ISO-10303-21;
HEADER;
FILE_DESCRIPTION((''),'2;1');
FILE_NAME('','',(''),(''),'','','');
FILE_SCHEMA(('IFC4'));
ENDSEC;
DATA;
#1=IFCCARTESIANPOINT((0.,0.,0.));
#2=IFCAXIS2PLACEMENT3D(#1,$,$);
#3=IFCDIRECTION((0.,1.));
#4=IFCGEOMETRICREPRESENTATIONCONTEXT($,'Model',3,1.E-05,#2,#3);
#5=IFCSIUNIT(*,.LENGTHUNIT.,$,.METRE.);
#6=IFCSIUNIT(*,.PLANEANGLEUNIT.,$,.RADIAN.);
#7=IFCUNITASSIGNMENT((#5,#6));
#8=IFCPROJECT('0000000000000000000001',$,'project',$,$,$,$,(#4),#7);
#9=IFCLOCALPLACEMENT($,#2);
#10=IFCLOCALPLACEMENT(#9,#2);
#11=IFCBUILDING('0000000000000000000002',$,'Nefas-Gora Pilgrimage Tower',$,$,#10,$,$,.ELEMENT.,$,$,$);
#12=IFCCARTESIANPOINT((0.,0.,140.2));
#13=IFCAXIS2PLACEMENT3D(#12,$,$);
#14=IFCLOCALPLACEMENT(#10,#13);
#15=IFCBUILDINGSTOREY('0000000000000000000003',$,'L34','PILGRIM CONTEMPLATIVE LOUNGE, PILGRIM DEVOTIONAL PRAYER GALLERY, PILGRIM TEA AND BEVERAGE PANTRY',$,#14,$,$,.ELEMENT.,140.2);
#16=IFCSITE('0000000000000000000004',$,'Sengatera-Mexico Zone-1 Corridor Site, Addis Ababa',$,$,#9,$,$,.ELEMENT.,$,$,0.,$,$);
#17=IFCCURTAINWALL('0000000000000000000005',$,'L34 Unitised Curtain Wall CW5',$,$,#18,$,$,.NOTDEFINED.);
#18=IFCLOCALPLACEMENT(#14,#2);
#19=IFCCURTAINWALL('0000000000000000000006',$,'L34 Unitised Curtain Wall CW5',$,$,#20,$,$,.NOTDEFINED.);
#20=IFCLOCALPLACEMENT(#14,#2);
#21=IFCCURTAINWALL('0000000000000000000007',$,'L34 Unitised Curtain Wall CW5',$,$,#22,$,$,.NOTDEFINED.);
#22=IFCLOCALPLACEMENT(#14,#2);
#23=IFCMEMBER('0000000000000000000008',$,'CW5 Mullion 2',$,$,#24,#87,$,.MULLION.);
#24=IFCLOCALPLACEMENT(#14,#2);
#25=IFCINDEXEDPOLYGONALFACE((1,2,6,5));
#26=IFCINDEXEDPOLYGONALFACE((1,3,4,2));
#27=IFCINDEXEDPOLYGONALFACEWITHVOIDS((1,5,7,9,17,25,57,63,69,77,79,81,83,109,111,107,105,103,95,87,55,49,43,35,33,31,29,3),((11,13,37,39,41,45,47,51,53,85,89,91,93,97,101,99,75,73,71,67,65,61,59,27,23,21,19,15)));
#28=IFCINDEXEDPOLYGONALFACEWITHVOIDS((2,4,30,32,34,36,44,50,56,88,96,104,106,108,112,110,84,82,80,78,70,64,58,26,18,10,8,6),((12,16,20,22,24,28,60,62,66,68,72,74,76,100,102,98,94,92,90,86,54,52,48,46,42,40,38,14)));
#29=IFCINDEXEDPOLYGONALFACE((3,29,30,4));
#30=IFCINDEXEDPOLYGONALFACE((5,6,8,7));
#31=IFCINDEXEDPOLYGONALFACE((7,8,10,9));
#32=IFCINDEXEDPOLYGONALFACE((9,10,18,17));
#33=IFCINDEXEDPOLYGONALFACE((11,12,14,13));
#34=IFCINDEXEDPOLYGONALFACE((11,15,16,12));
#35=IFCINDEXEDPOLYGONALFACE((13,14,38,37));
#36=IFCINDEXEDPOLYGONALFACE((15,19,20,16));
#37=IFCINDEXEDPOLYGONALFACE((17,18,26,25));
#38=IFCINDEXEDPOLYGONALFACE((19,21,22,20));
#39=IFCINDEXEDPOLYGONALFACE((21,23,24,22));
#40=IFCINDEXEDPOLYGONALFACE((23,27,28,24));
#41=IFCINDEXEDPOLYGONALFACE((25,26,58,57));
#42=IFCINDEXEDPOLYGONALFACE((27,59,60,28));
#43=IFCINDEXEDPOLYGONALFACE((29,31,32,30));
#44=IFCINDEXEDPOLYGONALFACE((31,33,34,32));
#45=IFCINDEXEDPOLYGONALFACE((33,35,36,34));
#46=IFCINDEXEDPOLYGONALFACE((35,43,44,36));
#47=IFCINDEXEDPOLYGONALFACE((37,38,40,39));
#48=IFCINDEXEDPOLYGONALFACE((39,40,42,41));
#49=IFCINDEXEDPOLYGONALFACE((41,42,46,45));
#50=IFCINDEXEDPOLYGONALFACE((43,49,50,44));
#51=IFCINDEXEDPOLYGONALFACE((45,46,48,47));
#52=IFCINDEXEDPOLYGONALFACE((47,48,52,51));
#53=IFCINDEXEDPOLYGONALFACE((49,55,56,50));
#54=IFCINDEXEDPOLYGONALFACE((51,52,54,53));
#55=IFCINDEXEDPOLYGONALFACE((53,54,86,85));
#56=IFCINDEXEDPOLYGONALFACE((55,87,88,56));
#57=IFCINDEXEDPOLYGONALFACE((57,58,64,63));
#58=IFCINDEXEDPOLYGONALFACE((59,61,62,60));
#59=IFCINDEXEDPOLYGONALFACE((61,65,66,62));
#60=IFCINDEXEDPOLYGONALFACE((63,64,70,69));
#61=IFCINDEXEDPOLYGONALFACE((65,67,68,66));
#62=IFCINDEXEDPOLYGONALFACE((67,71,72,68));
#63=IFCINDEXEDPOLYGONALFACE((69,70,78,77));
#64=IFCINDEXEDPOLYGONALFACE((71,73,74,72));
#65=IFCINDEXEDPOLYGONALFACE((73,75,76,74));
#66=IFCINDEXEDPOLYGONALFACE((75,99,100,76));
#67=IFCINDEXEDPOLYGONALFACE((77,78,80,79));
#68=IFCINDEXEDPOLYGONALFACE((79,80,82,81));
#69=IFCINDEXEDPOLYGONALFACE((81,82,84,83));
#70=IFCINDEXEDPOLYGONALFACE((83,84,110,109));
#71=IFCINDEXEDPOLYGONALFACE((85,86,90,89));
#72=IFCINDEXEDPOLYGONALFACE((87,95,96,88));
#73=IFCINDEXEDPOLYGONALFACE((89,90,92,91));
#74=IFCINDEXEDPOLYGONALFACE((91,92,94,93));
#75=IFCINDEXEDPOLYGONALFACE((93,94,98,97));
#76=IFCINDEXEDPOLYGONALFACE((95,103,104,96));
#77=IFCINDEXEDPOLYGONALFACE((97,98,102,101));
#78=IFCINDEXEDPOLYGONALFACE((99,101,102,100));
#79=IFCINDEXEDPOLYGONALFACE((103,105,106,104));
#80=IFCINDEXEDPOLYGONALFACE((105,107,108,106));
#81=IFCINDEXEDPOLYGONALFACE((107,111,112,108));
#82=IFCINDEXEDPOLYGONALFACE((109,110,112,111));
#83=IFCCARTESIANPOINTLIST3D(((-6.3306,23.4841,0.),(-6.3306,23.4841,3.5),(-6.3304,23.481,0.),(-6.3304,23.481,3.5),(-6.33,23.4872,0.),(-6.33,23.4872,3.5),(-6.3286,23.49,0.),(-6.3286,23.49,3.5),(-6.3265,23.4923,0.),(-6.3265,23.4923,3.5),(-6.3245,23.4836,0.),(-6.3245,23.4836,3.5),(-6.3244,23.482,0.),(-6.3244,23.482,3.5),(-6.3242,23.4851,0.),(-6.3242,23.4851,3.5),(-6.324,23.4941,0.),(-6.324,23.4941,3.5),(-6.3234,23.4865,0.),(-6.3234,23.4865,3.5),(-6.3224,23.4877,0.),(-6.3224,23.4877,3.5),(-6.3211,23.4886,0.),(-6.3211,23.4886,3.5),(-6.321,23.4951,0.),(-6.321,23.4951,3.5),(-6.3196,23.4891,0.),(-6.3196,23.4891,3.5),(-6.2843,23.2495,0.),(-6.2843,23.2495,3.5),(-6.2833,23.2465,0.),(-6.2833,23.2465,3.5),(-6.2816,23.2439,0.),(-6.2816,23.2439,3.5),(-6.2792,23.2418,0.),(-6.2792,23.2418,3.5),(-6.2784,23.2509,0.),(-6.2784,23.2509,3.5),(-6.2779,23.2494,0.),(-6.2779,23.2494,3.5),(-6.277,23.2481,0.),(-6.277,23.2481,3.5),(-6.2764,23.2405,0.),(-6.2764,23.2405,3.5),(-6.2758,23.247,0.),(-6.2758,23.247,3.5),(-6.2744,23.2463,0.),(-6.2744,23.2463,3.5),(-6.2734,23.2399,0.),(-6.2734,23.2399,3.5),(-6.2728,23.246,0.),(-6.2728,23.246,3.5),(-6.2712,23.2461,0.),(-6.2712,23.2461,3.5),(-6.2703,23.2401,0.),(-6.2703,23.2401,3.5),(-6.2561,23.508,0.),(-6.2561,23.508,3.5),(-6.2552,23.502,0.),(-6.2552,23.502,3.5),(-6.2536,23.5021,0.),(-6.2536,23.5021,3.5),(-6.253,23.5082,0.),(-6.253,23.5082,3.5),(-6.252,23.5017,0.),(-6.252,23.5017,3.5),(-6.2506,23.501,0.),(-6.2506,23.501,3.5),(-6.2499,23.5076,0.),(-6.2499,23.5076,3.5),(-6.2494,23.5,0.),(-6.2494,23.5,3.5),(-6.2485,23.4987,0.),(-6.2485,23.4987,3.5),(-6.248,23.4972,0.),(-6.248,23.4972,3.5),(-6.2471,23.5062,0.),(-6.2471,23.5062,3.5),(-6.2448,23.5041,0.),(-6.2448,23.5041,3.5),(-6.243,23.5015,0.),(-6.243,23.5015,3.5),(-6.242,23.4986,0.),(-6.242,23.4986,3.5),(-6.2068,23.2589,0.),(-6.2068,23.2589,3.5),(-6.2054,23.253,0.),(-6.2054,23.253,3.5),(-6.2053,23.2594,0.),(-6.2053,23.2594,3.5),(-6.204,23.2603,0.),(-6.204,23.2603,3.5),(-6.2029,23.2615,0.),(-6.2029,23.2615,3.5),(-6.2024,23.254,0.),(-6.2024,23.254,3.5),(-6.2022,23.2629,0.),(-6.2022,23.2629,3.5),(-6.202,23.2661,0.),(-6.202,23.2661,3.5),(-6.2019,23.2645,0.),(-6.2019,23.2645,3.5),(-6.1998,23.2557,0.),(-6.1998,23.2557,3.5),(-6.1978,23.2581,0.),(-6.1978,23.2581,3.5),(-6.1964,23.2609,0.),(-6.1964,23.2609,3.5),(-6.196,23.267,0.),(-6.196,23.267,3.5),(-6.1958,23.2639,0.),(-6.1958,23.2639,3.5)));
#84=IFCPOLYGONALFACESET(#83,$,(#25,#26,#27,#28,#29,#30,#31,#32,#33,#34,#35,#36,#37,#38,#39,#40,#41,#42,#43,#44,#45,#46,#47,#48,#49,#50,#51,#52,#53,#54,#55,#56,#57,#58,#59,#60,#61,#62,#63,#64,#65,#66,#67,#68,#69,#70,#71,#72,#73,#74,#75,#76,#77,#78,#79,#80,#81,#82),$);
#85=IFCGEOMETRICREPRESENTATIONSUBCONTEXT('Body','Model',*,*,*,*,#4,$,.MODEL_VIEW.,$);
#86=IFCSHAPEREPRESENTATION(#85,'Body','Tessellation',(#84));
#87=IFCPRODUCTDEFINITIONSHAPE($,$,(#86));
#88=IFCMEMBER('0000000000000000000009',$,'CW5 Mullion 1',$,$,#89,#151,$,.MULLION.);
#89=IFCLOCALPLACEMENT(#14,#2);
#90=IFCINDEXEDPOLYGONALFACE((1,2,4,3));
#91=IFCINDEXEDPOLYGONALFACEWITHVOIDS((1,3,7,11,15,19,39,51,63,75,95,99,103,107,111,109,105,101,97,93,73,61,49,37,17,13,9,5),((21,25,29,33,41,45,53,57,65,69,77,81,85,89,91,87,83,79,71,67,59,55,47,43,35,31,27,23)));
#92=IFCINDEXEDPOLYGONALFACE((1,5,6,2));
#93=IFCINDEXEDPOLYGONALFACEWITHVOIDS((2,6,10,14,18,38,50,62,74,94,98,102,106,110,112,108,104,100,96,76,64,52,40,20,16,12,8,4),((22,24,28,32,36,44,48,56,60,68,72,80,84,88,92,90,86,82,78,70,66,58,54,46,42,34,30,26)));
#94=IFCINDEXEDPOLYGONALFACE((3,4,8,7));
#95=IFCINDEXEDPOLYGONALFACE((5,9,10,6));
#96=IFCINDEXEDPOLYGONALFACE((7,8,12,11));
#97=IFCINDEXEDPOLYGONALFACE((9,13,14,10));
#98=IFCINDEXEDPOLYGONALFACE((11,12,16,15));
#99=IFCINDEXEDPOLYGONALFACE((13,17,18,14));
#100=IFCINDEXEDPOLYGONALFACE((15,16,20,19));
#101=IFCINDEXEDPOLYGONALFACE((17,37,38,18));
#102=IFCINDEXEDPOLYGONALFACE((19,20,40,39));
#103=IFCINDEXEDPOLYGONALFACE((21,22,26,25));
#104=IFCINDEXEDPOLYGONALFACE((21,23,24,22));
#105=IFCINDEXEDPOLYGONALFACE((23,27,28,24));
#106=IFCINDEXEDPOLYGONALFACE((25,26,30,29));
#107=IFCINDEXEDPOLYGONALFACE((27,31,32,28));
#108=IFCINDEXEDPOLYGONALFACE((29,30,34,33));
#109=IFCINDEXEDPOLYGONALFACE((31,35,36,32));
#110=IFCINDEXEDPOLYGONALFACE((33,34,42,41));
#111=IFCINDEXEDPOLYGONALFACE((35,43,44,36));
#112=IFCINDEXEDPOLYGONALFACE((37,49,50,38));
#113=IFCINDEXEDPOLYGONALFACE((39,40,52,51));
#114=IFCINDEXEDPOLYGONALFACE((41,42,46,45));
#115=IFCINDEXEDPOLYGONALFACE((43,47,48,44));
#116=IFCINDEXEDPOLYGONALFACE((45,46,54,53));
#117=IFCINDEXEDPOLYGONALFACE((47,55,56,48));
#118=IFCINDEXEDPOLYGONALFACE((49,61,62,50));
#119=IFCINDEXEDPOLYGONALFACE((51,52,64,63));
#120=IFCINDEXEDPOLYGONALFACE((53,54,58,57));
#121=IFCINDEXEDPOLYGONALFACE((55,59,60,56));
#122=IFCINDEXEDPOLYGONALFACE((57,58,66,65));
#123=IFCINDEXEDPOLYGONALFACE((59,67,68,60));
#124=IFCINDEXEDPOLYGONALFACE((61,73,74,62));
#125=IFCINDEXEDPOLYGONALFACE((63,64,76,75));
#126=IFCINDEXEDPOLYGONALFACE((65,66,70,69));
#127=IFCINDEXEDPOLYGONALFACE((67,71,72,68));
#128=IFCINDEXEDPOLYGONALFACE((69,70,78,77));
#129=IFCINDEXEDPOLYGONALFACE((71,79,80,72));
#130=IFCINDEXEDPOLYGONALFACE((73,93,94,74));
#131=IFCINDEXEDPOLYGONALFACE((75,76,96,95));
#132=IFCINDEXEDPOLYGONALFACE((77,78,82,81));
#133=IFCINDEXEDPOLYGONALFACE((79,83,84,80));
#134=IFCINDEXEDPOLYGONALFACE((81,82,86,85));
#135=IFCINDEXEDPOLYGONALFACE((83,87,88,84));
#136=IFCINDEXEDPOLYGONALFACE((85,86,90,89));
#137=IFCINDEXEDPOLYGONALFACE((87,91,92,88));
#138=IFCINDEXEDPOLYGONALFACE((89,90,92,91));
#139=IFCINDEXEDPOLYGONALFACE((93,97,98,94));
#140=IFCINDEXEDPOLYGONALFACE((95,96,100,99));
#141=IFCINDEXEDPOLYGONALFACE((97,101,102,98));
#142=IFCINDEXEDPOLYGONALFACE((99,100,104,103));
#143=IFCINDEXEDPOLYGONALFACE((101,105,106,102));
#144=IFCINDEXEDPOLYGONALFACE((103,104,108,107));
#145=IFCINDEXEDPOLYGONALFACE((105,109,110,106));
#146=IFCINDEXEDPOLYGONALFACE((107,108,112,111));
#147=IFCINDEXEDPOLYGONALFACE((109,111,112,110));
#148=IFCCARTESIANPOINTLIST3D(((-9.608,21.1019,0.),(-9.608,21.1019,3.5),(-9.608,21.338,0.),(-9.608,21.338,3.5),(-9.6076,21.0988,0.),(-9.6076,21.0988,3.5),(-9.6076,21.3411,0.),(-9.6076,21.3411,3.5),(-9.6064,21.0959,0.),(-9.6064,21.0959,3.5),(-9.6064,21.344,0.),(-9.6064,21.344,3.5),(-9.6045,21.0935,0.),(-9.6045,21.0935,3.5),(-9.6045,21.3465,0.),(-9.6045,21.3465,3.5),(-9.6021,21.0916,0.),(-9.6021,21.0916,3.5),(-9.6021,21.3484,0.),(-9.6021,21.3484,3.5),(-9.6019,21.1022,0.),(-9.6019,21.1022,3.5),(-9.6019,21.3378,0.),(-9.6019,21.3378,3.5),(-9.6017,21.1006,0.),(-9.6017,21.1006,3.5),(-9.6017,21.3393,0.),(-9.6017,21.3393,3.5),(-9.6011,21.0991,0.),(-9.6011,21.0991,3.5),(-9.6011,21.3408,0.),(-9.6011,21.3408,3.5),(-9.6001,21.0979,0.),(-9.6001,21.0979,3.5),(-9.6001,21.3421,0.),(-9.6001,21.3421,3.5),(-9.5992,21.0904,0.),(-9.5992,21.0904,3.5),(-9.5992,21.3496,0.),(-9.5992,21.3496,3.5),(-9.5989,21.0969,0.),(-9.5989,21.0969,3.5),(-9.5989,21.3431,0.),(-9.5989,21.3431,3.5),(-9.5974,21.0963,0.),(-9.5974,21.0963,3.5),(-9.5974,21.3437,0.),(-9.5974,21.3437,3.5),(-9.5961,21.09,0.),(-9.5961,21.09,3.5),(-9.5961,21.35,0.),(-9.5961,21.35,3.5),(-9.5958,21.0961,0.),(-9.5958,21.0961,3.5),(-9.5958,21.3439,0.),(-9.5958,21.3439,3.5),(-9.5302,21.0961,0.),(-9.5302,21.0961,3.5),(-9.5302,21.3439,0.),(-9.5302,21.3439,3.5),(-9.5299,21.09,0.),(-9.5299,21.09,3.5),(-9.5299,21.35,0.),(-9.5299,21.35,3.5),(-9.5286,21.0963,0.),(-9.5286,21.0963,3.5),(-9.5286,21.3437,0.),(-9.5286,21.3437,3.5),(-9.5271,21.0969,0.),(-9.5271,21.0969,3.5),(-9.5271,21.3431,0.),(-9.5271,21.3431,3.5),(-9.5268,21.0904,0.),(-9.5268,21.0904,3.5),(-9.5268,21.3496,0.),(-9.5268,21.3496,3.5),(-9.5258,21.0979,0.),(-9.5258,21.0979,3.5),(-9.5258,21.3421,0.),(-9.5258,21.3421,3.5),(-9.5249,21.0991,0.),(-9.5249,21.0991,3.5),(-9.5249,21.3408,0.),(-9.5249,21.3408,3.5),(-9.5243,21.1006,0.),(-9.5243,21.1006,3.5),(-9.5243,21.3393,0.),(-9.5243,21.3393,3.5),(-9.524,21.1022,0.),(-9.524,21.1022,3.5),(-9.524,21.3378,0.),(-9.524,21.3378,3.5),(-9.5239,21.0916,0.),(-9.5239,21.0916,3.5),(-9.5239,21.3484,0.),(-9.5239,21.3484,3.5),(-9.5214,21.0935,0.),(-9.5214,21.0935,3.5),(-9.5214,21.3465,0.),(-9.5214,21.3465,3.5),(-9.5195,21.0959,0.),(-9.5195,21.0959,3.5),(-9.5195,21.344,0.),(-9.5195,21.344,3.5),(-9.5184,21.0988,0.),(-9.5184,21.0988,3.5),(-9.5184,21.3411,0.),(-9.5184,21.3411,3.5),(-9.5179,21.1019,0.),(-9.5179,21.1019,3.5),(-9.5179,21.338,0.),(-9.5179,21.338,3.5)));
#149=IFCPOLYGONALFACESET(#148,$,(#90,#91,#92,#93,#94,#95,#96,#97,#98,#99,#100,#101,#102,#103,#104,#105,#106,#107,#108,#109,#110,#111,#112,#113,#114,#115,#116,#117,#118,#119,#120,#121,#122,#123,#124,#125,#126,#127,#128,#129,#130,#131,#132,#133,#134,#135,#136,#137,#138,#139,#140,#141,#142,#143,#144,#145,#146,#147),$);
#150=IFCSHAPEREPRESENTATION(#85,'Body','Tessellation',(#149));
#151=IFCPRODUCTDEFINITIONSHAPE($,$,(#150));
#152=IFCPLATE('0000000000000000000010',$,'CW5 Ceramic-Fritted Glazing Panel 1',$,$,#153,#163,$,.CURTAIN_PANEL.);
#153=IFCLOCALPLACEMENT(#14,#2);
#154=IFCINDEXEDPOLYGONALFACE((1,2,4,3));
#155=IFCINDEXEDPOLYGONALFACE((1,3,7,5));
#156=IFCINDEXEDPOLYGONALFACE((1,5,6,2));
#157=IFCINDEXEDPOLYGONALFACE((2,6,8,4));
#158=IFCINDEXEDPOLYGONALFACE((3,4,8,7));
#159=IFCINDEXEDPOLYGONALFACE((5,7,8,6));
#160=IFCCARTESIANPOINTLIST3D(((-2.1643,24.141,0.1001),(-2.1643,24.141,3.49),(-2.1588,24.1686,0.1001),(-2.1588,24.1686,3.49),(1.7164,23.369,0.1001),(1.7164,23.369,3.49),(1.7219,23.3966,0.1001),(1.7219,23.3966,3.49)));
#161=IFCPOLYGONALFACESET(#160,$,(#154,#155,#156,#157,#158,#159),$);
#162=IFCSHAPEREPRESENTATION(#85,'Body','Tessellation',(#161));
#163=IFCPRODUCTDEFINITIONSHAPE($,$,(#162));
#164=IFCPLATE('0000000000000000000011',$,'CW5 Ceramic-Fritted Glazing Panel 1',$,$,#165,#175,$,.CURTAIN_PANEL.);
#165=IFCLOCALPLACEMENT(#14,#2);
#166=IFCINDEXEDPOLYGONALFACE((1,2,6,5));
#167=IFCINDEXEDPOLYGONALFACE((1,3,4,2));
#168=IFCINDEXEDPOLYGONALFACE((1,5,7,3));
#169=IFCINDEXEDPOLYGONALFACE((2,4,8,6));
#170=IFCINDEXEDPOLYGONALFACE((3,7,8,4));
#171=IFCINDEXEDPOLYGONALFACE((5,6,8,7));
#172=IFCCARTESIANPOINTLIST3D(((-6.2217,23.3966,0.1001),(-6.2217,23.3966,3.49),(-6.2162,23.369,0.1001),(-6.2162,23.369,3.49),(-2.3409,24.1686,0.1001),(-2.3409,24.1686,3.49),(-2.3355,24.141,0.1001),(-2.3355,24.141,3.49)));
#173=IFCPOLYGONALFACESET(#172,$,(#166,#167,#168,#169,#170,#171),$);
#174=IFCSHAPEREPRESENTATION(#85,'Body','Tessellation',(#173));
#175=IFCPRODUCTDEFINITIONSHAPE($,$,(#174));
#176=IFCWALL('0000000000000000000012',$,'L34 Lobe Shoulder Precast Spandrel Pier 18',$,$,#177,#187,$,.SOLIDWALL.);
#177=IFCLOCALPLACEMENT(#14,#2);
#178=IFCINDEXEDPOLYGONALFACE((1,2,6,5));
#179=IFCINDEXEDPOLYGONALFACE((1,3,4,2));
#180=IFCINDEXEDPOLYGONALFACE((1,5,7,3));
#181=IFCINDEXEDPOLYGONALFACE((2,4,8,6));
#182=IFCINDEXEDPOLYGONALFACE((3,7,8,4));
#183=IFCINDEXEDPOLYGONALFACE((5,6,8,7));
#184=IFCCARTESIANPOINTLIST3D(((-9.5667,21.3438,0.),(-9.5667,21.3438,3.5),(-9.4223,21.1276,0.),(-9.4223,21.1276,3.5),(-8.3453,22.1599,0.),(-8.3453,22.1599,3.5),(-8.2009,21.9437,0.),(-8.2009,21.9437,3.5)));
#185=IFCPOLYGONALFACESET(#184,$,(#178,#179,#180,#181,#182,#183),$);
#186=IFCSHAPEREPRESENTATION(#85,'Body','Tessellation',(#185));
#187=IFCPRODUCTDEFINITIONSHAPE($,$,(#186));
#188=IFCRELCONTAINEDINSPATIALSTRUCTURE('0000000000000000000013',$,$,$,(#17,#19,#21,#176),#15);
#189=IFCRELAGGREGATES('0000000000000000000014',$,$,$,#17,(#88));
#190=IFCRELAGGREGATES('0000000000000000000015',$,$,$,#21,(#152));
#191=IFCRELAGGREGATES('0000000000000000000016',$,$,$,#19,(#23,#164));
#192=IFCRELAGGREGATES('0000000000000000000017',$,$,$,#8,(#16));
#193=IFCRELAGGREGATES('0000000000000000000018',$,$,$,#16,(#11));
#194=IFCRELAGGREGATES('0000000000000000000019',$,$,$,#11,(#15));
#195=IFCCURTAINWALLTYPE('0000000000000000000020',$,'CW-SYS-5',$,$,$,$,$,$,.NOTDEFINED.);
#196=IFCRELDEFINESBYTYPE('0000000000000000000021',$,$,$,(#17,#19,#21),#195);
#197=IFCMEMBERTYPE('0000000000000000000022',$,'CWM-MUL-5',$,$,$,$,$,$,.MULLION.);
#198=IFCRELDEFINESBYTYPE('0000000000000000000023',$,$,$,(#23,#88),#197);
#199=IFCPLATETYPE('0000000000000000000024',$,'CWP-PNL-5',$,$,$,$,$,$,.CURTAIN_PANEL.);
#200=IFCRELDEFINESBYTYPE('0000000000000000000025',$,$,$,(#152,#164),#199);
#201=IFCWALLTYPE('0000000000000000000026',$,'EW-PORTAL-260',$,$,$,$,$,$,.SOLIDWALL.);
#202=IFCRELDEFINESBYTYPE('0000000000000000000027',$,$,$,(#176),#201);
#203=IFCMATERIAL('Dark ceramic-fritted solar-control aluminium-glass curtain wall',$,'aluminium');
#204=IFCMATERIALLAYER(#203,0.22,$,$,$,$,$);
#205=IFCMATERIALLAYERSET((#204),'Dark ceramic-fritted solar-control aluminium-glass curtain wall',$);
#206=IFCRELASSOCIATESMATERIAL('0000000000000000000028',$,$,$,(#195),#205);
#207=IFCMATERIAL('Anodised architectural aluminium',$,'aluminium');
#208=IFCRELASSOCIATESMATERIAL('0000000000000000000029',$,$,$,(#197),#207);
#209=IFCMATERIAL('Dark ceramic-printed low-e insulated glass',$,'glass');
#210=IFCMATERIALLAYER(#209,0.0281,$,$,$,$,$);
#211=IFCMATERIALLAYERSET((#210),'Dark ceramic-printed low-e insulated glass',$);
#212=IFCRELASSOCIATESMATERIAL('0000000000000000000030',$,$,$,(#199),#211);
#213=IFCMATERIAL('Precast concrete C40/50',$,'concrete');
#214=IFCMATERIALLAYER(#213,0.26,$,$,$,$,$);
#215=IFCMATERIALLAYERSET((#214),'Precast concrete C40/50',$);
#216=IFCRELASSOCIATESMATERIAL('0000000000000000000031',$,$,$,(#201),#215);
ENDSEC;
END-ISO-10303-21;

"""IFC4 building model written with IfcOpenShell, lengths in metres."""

from ifc_helpers import new_model, si_unit, direction, frame, frame_2d, origin, origin_2d, place, context, subcontext, project, spatial, rectangle, hollow_rectangle, extrude, source, transform, mapped, material, layer, layer_set, material_profile, profile_set, type_object, element, aggregate, save


model = new_model("IFC4")

# Units and contexts
model_context = context("Model", 3, precision=1e-05, world=origin(), true_north=direction((0.0, 1.0)))
body_context = subcontext(model_context, "Body", "Model", "MODEL_VIEW")
ifc_project = project(units=[si_unit("LENGTHUNIT", "METRE"), si_unit("PLANEANGLEUNIT", "RADIAN")], contexts=[model_context])

# Site, building, storey
site_placement = place(None, origin())
site = spatial("IfcSite", under=ifc_project, at=site_placement, Name="Sengatera-Mexico Zone-1 Corridor Site, Addis Ababa", CompositionType="ELEMENT", RefElevation=0.0)
building_placement = place(site_placement, origin())
building = spatial("IfcBuilding", under=site, at=building_placement, Name="Nefas-Gora Pilgrimage Tower", CompositionType="ELEMENT")
storey_placement = place(building_placement, frame((0.0, 0.0, 140.2)))
storey = spatial("IfcBuildingStorey", under=building, at=storey_placement, Name="L34", Description="PILGRIM CONTEMPLATIVE LOUNGE, PILGRIM DEVOTIONAL PRAYER GALLERY, PILGRIM TEA AND BEVERAGE PANTRY", CompositionType="ELEMENT", Elevation=140.2)

# Curtain walls
ifc_material_1 = material(Name="Dark ceramic-fritted solar-control aluminium-glass curtain wall", Category="aluminium")
ifc_layer_1 = layer(ifc_material_1, 0.22)
ifc_layer_set_1 = layer_set([ifc_layer_1], Name="Dark ceramic-fritted solar-control aluminium-glass curtain wall")
curtain_wall_type = type_object("IfcCurtainWallType", Name="CW-SYS-5", PredefinedType="NOTDEFINED", material=ifc_layer_set_1)
curtain_wall_1_placement = place(storey_placement, origin())
curtain_wall_1 = element("IfcCurtainWall", 1, at=curtain_wall_1_placement, inside=storey, type_object=curtain_wall_type, Name="L34 Unitised Curtain Wall CW5", PredefinedType="NOTDEFINED")
ifc_material_2 = material(Name="Anodised architectural aluminium", Category="aluminium")
curtain_wall_2_placement = place(storey_placement, origin())
curtain_wall_2 = element("IfcCurtainWall", 2, at=curtain_wall_2_placement, inside=storey, type_object=curtain_wall_type, Name="L34 Unitised Curtain Wall CW5", PredefinedType="NOTDEFINED")
curtain_wall_3_placement = place(storey_placement, origin())
curtain_wall_3 = element("IfcCurtainWall", 3, at=curtain_wall_3_placement, inside=storey, type_object=curtain_wall_type, Name="L34 Unitised Curtain Wall CW5", PredefinedType="NOTDEFINED")
ifc_material_profile_1 = material_profile(ifc_material_2, hollow_rectangle(XDim=0.0901, YDim=0.26, WallThickness=0.0061, InnerFilletRadius=0.0061, OuterFilletRadius=0.012, at=origin_2d()), Name="ALU MULLION 90x260")
ifc_profile_set_1 = profile_set([ifc_material_profile_1], Name="Anodised architectural aluminium")
member_type_1 = type_object("IfcMemberType", Name="CWM-MUL-5", PredefinedType="MULLION", material=ifc_profile_set_1)
shared_shape_1 = source(origin(), body_context, "Body", "SweptSolid", [
    extrude(hollow_rectangle(XDim=0.0901, YDim=0.26, WallThickness=0.0061, InnerFilletRadius=0.0061, OuterFilletRadius=0.012, at=origin_2d()), origin(), (0.0, 0.0, 1.0), 3.5),
])

# Members
member_1_placement = place(storey_placement, frame((-6.2632, 23.374, 0.0), z_axis=(0.0, 0.0, 1.0), x_axis=(-0.980783, -0.195102, 0.0)))
member_1 = element("IfcMember", 4, at=member_1_placement, type_object=member_type_1, Name="CW5 Mullion 2", PredefinedType="MULLION", context=body_context, shape_type="MappedRepresentation", body=[
    mapped(shared_shape_1, transform((0.0, 0.0, 0.0), x_axis=(1.0, 0.0, 0.0), y_axis=(0.0, 1.0, 0.0), z_axis=(0.0, 0.0, 1.0), scale=1.0)),
])
member_2_placement = place(storey_placement, frame((-9.563, 21.22, 0.0), z_axis=(0.0, 0.0, 1.0), x_axis=(-1.0, 0.0, 0.0)))
member_2 = element("IfcMember", 5, at=member_2_placement, type_object=member_type_1, Name="CW5 Mullion 1", PredefinedType="MULLION", context=body_context, shape_type="MappedRepresentation", body=[
    mapped(shared_shape_1, transform((0.0, 0.0, 0.0), x_axis=(1.0, 0.0, 0.0), y_axis=(0.0, 1.0, 0.0), z_axis=(0.0, 0.0, 1.0), scale=1.0)),
])
aggregate(curtain_wall_1, [member_2])

# Plates
ifc_material_3 = material(Name="Dark ceramic-printed low-e insulated glass", Category="glass")
ifc_layer_2 = layer(ifc_material_3, 0.0281)
ifc_layer_set_2 = layer_set([ifc_layer_2], Name="Dark ceramic-printed low-e insulated glass")
plate_type = type_object("IfcPlateType", Name="CWP-PNL-5", PredefinedType="CURTAIN_PANEL", material=ifc_layer_set_2)
shared_shape_2 = source(origin(), body_context, "Body", "SweptSolid", [
    extrude(rectangle(XDim=3.9568, YDim=0.0281, at=origin_2d()), origin(), (0.0, 0.0, 1.0), 3.3899),
])
plate_1_placement = place(storey_placement, frame((-0.2212, 23.7688, 0.1001), z_axis=(0.0, 0.0, 1.0), x_axis=(-0.980783, 0.195102, 0.0)))
plate_1 = element("IfcPlate", 6, at=plate_1_placement, type_object=plate_type, Name="CW5 Ceramic-Fritted Glazing Panel 1", PredefinedType="CURTAIN_PANEL", context=body_context, shape_type="MappedRepresentation", body=[
    mapped(shared_shape_2, transform((0.0, 0.0, 0.0), x_axis=(1.0, 0.0, 0.0), y_axis=(0.0, 1.0, 0.0), z_axis=(0.0, 0.0, 1.0), scale=1.0)),
])
aggregate(curtain_wall_3, [plate_1])
plate_2_placement = place(storey_placement, frame((-4.2786, 23.7688, 0.1001), z_axis=(0.0, 0.0, 1.0), x_axis=(-0.980783, -0.195102, 0.0)))
plate_2 = element("IfcPlate", 7, at=plate_2_placement, type_object=plate_type, Name="CW5 Ceramic-Fritted Glazing Panel 1", PredefinedType="CURTAIN_PANEL", context=body_context, shape_type="MappedRepresentation", body=[
    mapped(shared_shape_2, transform((0.0, 0.0, 0.0), x_axis=(1.0, 0.0, 0.0), y_axis=(0.0, 1.0, 0.0), z_axis=(0.0, 0.0, 1.0), scale=1.0)),
])
aggregate(curtain_wall_2, [member_1, plate_2])

# Wall
ifc_material_4 = material(Name="Precast concrete C40/50", Category="concrete")
ifc_layer_3 = layer(ifc_material_4, 0.26)
ifc_layer_set_3 = layer_set([ifc_layer_3], Name="Precast concrete C40/50")
wall_type_1 = type_object("IfcWallType", Name="EW-PORTAL-260", PredefinedType="SOLIDWALL", material=ifc_layer_set_3)
shared_shape_3 = source(origin(), body_context, "Body", "SweptSolid", [
    extrude(rectangle(XDim=1.469, YDim=0.26, at=frame_2d((0.7344, 0.0))), origin(), (0.0, 0.0, 1.0), 3.5),
])
wall_1_placement = place(storey_placement, frame((-8.2732, 22.0518, 0.0), z_axis=(0.0, 0.0, 1.0), x_axis=(-0.831462, -0.555582, 0.0)))
element("IfcWall", 8, at=wall_1_placement, inside=storey, type_object=wall_type_1, Name="L34 Lobe Shoulder Precast Spandrel Pier 18", PredefinedType="SOLIDWALL", context=body_context, shape_type="MappedRepresentation", body=[
    mapped(shared_shape_3, transform((0.0, 0.0, 0.0), x_axis=(1.0, 0.0, 0.0), y_axis=(0.0, 1.0, 0.0), z_axis=(0.0, 0.0, 1.0), scale=1.0)),
])

save(model, "model.ifc")
